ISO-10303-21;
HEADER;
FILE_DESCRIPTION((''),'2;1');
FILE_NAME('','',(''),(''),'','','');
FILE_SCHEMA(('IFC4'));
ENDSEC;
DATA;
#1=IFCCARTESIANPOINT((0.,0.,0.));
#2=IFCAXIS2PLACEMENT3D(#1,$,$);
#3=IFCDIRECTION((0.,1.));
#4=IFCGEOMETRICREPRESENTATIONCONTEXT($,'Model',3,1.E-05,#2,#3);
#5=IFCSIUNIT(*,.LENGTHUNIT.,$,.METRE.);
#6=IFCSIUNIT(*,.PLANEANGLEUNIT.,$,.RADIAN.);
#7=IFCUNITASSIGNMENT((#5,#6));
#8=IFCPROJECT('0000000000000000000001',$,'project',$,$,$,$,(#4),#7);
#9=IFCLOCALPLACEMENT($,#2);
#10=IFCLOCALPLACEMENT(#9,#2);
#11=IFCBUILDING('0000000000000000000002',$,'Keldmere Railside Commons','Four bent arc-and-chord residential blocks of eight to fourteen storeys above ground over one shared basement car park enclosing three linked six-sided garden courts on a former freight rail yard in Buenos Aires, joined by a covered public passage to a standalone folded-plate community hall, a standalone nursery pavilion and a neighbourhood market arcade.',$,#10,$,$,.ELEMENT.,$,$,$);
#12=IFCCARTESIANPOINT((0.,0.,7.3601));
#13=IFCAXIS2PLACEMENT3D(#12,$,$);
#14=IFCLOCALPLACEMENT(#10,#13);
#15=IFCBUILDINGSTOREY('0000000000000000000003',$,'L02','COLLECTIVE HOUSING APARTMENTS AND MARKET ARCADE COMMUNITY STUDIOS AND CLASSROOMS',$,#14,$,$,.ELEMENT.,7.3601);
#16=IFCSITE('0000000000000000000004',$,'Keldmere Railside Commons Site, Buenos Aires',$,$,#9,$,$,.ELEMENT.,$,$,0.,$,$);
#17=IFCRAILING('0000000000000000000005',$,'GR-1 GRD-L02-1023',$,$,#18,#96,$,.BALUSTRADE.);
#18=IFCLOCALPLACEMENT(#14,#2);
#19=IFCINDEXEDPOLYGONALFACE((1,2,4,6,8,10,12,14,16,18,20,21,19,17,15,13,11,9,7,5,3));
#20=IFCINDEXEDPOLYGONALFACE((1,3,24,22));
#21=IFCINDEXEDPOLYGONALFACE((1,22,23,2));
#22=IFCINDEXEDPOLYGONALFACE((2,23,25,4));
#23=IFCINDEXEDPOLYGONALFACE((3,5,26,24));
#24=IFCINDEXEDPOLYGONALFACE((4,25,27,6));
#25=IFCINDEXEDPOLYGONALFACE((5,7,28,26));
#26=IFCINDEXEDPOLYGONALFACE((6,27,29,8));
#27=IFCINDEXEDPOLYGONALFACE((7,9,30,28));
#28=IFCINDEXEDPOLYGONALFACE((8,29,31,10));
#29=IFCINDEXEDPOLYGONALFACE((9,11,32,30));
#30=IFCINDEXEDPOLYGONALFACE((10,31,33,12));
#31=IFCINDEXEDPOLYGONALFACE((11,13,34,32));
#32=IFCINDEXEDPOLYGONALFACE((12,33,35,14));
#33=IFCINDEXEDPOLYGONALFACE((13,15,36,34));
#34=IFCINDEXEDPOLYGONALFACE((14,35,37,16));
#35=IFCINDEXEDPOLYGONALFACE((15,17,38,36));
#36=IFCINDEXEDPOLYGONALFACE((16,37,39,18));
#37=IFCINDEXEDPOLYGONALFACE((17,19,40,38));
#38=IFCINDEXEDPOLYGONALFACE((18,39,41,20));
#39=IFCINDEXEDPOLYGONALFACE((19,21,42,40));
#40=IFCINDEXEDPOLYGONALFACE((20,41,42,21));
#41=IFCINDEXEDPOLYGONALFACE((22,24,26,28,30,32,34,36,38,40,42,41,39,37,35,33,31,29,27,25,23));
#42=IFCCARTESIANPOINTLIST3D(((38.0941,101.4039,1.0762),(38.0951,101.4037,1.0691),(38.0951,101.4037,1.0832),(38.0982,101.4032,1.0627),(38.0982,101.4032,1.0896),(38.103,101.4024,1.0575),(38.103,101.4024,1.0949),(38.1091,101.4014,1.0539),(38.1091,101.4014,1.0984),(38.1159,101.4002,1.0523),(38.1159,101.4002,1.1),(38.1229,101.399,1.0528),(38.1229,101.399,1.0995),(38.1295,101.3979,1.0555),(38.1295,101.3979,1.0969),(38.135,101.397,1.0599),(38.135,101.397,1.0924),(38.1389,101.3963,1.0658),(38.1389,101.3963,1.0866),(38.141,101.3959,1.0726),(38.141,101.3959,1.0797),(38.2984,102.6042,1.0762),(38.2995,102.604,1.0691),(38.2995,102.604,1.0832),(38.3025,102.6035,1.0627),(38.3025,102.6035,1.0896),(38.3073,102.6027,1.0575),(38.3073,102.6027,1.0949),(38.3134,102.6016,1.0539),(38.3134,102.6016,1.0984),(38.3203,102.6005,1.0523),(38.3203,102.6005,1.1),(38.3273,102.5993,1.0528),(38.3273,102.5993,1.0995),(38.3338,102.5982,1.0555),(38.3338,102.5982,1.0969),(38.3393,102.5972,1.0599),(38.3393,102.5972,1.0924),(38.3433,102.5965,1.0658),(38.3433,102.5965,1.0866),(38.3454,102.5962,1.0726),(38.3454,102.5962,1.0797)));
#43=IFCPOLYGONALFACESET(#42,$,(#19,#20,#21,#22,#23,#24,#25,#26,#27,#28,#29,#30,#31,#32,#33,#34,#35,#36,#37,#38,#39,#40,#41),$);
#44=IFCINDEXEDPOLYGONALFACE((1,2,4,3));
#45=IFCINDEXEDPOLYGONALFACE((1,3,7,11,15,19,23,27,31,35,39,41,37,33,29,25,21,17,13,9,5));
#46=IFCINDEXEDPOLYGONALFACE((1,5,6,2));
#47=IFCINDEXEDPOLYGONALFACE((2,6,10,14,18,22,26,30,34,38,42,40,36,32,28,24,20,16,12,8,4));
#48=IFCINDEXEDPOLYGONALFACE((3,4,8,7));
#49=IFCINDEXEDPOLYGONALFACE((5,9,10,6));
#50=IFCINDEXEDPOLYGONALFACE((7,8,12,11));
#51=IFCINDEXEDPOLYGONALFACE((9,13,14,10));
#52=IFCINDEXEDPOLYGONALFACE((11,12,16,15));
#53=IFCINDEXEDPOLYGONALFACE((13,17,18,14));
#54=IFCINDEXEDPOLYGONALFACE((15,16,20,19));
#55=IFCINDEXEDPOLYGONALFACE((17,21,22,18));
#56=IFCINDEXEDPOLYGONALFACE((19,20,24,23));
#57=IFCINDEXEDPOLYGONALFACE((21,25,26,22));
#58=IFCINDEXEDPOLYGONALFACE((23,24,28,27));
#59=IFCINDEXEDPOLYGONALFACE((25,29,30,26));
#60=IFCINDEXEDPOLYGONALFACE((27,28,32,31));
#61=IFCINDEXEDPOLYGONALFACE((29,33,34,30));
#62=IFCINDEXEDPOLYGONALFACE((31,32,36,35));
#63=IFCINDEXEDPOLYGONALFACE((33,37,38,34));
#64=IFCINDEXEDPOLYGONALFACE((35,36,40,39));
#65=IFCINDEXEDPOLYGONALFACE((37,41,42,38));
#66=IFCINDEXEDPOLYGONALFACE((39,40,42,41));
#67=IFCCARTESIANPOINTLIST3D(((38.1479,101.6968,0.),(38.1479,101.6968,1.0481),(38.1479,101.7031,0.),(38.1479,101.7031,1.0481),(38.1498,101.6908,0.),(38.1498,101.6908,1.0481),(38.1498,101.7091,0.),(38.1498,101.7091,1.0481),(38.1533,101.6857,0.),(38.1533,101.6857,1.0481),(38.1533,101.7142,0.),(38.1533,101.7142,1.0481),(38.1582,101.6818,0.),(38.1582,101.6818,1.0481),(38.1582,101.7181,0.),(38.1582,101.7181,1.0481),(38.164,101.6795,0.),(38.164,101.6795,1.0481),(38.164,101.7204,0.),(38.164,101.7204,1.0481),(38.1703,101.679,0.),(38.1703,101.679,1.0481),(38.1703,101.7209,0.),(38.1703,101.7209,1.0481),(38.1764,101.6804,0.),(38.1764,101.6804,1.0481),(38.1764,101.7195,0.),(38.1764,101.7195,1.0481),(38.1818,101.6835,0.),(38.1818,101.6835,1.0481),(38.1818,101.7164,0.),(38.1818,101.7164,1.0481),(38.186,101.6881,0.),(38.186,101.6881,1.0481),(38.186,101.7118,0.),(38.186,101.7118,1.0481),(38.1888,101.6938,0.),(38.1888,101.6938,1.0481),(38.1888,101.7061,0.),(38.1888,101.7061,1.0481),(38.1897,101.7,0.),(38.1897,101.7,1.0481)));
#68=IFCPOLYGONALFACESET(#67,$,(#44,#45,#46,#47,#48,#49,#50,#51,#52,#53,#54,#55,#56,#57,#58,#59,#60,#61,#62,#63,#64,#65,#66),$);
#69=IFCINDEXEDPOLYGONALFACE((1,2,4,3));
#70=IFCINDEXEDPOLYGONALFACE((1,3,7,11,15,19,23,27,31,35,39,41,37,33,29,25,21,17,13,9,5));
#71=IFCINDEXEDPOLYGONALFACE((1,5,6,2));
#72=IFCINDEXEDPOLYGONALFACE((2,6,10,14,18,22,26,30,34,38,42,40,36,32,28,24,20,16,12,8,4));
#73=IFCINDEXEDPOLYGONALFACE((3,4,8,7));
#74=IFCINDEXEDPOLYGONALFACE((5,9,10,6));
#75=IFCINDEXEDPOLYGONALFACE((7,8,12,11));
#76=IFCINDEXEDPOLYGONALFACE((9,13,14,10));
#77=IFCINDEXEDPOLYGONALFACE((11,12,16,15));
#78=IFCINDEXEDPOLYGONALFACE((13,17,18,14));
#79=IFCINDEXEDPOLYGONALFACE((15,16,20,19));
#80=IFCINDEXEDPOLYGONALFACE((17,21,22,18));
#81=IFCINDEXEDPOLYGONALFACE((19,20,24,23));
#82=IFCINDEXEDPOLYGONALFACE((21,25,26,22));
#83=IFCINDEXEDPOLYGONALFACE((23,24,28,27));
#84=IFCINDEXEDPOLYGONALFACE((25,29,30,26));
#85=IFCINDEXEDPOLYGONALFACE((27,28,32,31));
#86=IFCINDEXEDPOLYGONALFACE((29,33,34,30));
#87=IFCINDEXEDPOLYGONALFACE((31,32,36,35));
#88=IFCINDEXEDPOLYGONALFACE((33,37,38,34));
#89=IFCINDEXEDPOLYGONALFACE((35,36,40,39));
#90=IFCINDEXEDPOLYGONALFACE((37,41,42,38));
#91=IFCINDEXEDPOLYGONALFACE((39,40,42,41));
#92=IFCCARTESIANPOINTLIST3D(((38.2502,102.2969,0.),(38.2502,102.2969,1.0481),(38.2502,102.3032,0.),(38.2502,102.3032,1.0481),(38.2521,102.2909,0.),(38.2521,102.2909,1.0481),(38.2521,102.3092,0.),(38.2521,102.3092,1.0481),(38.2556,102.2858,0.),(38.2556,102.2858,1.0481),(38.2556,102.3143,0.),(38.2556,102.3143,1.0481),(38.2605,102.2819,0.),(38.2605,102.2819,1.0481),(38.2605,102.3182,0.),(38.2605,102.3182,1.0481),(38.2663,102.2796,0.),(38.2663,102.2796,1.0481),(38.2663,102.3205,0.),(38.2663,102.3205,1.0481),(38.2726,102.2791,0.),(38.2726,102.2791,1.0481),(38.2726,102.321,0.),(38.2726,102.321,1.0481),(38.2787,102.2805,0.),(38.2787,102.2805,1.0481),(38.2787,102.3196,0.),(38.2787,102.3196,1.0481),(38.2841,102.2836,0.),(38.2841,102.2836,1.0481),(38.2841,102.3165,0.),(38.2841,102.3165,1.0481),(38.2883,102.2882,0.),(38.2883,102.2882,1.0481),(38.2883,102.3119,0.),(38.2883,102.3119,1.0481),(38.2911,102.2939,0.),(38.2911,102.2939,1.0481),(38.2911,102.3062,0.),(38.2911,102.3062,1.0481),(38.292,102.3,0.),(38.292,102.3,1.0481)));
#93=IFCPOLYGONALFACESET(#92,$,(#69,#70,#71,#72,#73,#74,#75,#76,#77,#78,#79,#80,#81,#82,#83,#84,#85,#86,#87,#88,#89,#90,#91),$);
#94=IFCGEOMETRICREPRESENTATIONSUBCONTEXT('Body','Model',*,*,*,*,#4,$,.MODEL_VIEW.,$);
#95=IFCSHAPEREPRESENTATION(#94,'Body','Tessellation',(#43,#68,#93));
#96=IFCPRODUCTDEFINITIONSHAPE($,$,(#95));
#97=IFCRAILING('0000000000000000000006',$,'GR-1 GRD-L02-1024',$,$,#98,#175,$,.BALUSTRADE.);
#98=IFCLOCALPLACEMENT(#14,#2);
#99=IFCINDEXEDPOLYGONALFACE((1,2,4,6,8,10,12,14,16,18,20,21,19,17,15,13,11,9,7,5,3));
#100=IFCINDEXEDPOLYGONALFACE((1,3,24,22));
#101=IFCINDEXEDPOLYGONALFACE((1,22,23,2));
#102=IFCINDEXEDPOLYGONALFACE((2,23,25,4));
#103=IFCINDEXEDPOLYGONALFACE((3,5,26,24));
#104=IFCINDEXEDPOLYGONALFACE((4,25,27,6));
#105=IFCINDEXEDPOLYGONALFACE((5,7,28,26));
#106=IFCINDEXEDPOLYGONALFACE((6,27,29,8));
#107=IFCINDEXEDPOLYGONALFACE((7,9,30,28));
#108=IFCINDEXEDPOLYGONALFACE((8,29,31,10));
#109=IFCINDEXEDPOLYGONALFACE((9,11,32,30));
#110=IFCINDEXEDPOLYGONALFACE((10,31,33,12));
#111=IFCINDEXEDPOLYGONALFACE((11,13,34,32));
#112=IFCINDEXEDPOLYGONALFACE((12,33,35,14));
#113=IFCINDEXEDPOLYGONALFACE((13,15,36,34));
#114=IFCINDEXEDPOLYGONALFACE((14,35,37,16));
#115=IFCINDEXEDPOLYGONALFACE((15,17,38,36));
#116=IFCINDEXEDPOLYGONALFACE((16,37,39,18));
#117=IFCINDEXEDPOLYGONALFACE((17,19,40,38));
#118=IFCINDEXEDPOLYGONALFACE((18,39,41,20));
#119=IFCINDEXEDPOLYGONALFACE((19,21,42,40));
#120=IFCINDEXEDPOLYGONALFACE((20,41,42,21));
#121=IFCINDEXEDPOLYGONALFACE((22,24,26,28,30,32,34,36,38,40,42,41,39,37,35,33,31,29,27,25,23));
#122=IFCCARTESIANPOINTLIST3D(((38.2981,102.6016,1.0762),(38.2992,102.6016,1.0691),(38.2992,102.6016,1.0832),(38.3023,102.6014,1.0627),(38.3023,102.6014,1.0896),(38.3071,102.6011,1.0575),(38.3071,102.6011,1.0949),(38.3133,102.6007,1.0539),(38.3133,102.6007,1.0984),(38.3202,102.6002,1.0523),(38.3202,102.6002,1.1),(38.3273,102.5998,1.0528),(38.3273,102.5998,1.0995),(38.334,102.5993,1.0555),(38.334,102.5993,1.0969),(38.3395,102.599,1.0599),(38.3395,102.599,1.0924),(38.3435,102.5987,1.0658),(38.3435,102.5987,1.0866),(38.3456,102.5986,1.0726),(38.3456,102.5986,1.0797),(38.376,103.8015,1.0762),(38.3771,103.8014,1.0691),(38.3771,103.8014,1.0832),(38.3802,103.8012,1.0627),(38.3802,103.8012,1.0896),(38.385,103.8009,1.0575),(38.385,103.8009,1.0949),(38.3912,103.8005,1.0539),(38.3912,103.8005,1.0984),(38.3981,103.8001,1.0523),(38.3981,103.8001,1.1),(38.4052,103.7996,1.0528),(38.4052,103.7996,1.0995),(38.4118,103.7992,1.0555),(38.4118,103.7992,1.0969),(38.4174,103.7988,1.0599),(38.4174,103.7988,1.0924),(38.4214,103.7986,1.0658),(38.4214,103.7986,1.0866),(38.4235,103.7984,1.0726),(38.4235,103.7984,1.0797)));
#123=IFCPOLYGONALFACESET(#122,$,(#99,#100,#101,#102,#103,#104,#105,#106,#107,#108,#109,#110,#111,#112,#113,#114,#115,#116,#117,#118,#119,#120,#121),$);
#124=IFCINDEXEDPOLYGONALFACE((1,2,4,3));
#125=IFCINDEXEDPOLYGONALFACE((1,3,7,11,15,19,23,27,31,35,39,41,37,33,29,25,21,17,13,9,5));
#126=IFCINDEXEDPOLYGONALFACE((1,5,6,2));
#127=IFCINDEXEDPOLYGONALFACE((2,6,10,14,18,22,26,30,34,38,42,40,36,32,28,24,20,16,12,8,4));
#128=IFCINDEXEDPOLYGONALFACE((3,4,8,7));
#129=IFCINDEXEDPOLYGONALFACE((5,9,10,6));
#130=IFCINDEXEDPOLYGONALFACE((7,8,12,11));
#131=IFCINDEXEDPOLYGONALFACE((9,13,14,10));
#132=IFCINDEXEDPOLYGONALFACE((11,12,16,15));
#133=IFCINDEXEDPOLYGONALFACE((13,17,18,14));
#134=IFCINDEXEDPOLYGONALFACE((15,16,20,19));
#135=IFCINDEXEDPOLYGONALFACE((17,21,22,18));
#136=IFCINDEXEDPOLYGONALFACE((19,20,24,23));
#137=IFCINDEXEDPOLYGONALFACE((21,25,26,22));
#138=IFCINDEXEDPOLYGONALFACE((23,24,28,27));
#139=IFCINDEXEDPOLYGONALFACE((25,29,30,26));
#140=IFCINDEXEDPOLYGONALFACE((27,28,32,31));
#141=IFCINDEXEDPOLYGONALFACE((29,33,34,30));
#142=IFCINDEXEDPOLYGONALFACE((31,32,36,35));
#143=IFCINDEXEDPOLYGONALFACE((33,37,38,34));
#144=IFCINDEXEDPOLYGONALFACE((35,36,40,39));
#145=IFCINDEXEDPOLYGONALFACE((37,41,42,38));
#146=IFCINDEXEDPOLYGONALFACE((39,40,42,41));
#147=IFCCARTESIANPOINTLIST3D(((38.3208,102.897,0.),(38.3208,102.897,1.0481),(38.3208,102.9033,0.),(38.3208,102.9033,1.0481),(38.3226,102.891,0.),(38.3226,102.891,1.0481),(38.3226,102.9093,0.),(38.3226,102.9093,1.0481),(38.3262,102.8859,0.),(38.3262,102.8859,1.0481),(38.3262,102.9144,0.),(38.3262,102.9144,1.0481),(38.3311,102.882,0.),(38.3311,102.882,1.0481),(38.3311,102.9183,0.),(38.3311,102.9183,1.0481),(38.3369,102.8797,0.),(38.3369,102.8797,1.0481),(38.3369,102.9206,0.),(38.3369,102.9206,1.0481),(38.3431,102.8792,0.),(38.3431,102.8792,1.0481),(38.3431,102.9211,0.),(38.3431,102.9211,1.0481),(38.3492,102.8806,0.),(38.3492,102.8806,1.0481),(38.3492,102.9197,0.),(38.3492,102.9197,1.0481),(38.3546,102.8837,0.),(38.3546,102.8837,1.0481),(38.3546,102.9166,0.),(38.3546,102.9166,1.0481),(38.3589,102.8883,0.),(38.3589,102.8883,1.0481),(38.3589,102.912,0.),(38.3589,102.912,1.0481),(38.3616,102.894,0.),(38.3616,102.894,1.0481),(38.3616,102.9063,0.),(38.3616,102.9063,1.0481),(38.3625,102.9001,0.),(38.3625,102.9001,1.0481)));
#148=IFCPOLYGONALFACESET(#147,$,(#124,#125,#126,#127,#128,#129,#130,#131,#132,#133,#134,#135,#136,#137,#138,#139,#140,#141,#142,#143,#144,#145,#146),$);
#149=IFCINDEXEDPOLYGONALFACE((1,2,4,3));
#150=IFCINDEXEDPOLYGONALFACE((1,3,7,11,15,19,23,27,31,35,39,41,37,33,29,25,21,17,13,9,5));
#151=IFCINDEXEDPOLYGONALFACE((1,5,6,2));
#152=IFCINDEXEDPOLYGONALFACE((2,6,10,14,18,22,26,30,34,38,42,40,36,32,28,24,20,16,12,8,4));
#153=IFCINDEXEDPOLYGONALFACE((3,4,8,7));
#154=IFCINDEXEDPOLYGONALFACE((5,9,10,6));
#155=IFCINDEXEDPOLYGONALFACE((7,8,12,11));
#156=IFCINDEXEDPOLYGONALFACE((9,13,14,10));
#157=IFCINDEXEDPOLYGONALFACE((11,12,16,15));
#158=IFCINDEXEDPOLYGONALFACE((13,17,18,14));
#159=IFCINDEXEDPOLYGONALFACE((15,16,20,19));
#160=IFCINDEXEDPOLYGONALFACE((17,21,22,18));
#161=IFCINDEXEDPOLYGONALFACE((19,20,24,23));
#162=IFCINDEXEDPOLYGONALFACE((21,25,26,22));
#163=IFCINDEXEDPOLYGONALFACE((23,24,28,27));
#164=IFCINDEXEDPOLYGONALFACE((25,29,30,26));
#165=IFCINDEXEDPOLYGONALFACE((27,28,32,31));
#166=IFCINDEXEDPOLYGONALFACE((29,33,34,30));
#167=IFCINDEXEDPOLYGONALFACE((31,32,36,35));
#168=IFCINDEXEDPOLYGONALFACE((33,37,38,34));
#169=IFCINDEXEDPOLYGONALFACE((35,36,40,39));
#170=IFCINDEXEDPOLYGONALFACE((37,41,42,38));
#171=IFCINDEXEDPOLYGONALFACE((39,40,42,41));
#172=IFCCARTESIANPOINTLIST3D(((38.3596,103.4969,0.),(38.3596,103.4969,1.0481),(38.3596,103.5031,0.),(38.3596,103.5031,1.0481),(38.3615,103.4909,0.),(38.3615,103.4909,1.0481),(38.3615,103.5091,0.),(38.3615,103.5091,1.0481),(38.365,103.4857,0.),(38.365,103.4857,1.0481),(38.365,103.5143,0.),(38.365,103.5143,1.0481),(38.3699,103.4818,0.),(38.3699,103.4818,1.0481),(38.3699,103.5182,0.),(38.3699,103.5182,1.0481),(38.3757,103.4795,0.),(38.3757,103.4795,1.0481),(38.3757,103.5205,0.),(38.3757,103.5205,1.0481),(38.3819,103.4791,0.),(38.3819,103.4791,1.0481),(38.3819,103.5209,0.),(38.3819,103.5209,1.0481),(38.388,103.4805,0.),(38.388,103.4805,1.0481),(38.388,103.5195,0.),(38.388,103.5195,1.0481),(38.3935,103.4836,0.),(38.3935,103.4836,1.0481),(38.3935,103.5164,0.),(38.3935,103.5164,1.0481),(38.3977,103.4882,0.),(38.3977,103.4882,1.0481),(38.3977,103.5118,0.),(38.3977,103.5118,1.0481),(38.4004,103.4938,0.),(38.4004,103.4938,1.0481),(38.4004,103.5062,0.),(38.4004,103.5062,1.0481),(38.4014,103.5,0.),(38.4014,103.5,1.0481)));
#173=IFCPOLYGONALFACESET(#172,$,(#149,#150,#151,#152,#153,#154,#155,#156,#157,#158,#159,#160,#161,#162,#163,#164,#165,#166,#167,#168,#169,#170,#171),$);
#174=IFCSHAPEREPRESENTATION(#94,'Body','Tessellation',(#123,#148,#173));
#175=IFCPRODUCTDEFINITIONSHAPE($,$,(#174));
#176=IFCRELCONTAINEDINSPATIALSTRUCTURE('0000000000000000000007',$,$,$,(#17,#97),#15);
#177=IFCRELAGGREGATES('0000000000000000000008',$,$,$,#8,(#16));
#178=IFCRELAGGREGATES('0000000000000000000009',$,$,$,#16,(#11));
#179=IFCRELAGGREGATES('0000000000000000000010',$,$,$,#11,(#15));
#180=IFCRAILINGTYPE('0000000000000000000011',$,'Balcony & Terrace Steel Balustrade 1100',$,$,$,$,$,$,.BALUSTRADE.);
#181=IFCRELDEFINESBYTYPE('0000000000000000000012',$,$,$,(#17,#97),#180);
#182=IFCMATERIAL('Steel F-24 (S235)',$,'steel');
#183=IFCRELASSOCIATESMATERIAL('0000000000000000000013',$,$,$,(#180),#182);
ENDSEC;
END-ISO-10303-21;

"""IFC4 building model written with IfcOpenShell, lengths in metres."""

from ifc_helpers import new_model, si_unit, direction, frame, origin, origin_2d, place, context, subcontext, project, spatial, circle, extrude, material, type_object, element, save


model = new_model("IFC4")

# Units and contexts
model_context = context("Model", 3, precision=1e-05, world=origin(), true_north=direction((0.0, 1.0)))
body_context = subcontext(model_context, "Body", "Model", "MODEL_VIEW")
ifc_project = project(units=[si_unit("LENGTHUNIT", "METRE"), si_unit("PLANEANGLEUNIT", "RADIAN")], contexts=[model_context])

# Site, building, storey
site_placement = place(None, origin())
site = spatial("IfcSite", under=ifc_project, at=site_placement, Name="Keldmere Railside Commons Site, Buenos Aires", CompositionType="ELEMENT", RefElevation=0.0)
building_placement = place(site_placement, origin())
building = spatial("IfcBuilding", under=site, at=building_placement, Name="Keldmere Railside Commons", Description="Four bent arc-and-chord residential blocks of eight to fourteen storeys above ground over one shared basement car park enclosing three linked six-sided garden courts on a former freight rail yard in Buenos Aires, joined by a covered public passage to a standalone folded-plate community hall, a standalone nursery pavilion and a neighbourhood market arcade.", CompositionType="ELEMENT")
storey_placement = place(building_placement, frame((0.0, 0.0, 7.3601)))
storey = spatial("IfcBuildingStorey", under=building, at=storey_placement, Name="L02", Description="COLLECTIVE HOUSING APARTMENTS AND MARKET ARCADE COMMUNITY STUDIOS AND CLASSROOMS", CompositionType="ELEMENT", Elevation=7.3601)

# Railings
ifc_material_1 = material(Name="Steel F-24 (S235)", Category="steel")
railing_type = type_object("IfcRailingType", Name="Balcony & Terrace Steel Balustrade 1100", PredefinedType="BALUSTRADE", material=ifc_material_1)
railing_1_placement = place(storey_placement, frame((38.1177, 101.3999, 0.0)))
element("IfcRailing", 1, at=railing_1_placement, inside=storey, type_object=railing_type, Name="GR-1 GRD-L02-1023", PredefinedType="BALUSTRADE", context=body_context, shape_type="SweptSolid", body=[
    extrude(circle(Radius=0.0239, at=origin_2d()), frame((0.0, 0.0, 1.0762), z_axis=(0.167845, 0.985813, 0.0), x_axis=(-0.985813, 0.167845, 0.0)), (0.0, 0.0, 1.0), 1.2175),
    extrude(circle(Radius=0.021, at=origin_2d()), frame((0.051, 0.3, 0.0)), (0.0, 0.0, 1.0), 1.0481),
    extrude(circle(Radius=0.021, at=origin_2d()), frame((0.1533, 0.9001, 0.0)), (0.0, 0.0, 1.0), 1.0481),
])
railing_2_placement = place(storey_placement, frame((38.322, 102.6001, 0.0)))
element("IfcRailing", 2, at=railing_2_placement, inside=storey, type_object=railing_type, Name="GR-1 GRD-L02-1024", PredefinedType="BALUSTRADE", context=body_context, shape_type="SweptSolid", body=[
    extrude(circle(Radius=0.0239, at=origin_2d()), frame((0.0, 0.0, 1.0762), z_axis=(0.064767, 0.9979, 0.0), x_axis=(-0.9979, 0.064767, 0.0)), (0.0, 0.0, 1.0), 1.2024),
    extrude(circle(Radius=0.021, at=origin_2d()), frame((0.0195, 0.3, 0.0)), (0.0, 0.0, 1.0), 1.0481),
    extrude(circle(Radius=0.021, at=origin_2d()), frame((0.0583, 0.8999, 0.0)), (0.0, 0.0, 1.0), 1.0481),
])

save(model, "model.ifc")
